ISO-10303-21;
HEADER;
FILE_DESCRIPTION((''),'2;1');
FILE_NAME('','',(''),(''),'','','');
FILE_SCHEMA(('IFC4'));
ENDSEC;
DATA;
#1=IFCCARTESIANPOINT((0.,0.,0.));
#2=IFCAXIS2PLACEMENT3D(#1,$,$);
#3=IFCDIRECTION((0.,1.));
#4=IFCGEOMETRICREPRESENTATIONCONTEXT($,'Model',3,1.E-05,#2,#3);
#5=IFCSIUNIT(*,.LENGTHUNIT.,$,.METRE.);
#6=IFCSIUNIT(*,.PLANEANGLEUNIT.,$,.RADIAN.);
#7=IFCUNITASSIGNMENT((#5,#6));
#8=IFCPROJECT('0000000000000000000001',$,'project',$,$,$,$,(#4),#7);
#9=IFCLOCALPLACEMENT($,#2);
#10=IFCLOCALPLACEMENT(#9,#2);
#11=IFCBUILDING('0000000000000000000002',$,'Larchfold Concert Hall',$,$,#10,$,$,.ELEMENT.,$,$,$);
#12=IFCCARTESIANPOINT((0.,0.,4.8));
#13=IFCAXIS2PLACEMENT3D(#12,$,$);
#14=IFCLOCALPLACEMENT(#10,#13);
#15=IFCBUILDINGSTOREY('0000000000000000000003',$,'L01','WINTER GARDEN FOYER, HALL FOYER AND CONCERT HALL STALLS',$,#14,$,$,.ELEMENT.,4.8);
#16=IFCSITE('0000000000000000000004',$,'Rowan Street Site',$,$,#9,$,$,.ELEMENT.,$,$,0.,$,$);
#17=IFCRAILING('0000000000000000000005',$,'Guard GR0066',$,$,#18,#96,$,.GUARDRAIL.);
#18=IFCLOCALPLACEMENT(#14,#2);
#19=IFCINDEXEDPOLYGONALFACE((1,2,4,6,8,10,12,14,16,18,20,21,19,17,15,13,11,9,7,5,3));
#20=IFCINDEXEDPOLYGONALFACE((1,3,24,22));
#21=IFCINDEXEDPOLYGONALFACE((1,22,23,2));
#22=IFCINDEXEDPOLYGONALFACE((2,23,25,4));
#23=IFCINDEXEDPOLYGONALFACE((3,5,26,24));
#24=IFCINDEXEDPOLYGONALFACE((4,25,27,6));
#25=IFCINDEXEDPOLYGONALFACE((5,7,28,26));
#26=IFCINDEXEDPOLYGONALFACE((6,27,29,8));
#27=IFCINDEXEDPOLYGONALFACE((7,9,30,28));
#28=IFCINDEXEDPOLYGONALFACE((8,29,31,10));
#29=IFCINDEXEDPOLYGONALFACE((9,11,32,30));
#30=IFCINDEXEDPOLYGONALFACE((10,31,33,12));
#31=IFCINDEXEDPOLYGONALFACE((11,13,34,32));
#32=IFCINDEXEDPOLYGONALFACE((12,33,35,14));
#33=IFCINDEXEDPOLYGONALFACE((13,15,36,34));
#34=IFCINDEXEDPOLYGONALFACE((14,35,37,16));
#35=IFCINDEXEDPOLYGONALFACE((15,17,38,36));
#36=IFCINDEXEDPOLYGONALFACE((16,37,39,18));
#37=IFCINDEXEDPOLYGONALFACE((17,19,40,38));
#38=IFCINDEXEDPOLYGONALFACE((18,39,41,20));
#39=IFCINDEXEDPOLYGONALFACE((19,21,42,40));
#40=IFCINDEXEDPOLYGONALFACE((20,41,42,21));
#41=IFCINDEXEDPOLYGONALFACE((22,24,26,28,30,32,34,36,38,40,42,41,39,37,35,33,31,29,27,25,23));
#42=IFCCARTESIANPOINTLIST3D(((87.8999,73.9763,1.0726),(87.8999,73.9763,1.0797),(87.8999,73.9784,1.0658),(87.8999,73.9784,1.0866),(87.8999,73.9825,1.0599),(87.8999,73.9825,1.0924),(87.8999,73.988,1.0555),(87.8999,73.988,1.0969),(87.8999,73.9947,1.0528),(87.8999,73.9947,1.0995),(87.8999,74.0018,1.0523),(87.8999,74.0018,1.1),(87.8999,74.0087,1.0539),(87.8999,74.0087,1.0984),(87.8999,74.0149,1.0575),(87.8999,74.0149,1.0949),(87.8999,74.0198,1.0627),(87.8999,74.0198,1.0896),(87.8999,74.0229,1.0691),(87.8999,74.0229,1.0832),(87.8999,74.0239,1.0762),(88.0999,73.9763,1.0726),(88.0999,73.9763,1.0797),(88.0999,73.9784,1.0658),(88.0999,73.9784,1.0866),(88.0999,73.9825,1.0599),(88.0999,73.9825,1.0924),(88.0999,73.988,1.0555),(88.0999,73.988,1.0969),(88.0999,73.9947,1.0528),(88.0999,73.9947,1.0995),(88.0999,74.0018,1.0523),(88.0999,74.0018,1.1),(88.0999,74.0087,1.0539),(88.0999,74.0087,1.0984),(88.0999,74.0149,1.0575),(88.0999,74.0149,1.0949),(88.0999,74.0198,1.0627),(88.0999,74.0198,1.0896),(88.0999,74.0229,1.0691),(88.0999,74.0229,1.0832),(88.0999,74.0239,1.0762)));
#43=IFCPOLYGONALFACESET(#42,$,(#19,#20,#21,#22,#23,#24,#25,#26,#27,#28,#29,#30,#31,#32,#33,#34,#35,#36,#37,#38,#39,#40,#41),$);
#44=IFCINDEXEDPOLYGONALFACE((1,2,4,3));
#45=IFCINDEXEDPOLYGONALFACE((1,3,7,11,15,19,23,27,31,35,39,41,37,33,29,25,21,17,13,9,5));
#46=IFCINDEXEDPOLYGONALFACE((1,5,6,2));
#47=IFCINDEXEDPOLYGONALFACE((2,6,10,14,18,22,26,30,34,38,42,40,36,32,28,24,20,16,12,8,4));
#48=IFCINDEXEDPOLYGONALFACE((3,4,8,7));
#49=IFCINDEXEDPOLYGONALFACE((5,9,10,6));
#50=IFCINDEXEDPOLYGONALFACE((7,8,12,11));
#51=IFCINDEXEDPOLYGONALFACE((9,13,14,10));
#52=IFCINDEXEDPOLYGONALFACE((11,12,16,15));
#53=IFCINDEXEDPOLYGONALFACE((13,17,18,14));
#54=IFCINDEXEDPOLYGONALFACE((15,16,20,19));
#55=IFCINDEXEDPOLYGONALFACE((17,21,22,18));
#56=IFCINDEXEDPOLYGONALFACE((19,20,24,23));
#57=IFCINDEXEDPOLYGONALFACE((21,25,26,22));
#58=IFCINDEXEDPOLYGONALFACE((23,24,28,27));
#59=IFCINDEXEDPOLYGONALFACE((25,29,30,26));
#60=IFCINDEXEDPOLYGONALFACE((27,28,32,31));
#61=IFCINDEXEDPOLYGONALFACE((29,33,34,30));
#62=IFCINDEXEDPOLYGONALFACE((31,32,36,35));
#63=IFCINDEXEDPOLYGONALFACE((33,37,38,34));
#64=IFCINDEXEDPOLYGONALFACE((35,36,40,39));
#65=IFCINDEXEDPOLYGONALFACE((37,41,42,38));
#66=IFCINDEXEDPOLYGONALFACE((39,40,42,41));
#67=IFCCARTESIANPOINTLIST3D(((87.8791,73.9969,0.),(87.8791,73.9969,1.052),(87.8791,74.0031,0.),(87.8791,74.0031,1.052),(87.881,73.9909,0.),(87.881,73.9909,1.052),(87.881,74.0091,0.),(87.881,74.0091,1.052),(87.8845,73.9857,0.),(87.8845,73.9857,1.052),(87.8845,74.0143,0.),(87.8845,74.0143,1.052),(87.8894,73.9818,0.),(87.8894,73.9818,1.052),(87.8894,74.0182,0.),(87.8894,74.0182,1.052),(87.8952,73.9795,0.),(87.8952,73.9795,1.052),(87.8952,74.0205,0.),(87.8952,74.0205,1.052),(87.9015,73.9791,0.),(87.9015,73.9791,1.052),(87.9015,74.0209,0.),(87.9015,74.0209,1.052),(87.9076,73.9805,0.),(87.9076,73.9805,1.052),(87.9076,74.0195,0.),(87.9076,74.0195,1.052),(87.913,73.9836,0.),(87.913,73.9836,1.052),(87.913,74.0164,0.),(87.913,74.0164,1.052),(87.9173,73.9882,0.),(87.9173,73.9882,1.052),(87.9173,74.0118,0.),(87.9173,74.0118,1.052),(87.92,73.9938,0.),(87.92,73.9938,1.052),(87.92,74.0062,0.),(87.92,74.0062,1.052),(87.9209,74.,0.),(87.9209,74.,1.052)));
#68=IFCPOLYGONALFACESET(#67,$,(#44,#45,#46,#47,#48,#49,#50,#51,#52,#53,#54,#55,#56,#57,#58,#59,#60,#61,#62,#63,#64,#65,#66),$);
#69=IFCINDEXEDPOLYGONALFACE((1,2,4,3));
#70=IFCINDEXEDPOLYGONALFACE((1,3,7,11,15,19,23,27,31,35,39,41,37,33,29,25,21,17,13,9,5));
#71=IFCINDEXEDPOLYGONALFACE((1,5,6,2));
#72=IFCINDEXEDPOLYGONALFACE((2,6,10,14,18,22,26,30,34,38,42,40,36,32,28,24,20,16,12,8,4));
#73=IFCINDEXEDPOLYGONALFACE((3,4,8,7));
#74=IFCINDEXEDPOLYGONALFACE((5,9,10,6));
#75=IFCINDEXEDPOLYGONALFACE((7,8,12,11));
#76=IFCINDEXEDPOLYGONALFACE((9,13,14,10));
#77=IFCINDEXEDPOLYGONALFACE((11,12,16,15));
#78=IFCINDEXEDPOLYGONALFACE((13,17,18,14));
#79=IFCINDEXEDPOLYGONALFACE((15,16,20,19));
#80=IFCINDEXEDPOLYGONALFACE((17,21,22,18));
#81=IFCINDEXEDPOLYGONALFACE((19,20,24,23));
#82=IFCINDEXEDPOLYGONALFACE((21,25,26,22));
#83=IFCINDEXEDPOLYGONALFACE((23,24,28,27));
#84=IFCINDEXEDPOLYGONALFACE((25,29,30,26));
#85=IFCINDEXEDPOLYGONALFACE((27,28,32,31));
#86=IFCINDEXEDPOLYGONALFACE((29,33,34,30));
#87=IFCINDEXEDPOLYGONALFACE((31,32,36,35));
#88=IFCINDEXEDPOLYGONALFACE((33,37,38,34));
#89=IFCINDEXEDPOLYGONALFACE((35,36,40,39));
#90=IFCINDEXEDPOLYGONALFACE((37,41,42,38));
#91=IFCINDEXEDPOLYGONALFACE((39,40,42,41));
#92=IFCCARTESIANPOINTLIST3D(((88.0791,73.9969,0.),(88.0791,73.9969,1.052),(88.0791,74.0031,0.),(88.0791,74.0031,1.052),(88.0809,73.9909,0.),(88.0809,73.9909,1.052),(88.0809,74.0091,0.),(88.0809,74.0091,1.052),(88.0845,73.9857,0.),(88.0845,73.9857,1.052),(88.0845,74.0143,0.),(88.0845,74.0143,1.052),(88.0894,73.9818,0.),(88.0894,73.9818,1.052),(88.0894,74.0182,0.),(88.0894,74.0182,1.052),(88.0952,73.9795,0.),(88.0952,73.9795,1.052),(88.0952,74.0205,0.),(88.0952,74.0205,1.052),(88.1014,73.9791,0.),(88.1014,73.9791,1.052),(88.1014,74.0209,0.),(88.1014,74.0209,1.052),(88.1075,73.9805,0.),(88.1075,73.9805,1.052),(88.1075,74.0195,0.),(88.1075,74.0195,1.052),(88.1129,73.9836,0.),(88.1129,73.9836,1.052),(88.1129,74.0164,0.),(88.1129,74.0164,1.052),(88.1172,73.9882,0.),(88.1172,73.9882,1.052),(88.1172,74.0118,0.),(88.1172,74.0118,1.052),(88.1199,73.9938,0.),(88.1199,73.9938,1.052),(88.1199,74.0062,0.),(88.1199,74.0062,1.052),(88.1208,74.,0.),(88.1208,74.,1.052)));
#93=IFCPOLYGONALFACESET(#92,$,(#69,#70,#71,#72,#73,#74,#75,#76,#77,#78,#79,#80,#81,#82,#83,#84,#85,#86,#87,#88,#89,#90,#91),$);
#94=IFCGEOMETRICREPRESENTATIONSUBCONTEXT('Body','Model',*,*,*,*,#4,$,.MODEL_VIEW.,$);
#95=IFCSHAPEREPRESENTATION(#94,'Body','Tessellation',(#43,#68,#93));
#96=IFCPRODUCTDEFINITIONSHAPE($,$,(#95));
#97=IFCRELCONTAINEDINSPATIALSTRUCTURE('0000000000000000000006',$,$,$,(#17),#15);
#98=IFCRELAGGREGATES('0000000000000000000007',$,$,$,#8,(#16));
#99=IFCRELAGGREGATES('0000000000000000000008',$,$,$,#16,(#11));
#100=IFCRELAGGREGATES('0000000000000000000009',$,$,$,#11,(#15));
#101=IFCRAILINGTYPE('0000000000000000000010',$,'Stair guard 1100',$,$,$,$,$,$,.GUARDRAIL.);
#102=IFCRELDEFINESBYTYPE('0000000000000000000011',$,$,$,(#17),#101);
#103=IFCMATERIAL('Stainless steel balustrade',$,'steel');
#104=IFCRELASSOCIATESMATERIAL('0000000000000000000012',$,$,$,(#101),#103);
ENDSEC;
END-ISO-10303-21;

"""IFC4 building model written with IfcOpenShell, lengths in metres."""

from ifc_helpers import new_model, si_unit, direction, frame, origin, origin_2d, place, context, subcontext, project, spatial, circle, extrude, material, type_object, element, save


model = new_model("IFC4")

# Units and contexts
model_context = context("Model", 3, precision=1e-05, world=origin(), true_north=direction((0.0, 1.0)))
body_context = subcontext(model_context, "Body", "Model", "MODEL_VIEW")
ifc_project = project(units=[si_unit("LENGTHUNIT", "METRE"), si_unit("PLANEANGLEUNIT", "RADIAN")], contexts=[model_context])

# Site, building, storey
site_placement = place(None, origin())
site = spatial("IfcSite", under=ifc_project, at=site_placement, Name="Rowan Street Site", CompositionType="ELEMENT", RefElevation=0.0)
building_placement = place(site_placement, origin())
building = spatial("IfcBuilding", under=site, at=building_placement, Name="Larchfold Concert Hall", CompositionType="ELEMENT")
storey_placement = place(building_placement, frame((0.0, 0.0, 4.8)))
storey = spatial("IfcBuildingStorey", under=building, at=storey_placement, Name="L01", Description="WINTER GARDEN FOYER, HALL FOYER AND CONCERT HALL STALLS", CompositionType="ELEMENT", Elevation=4.8)

# Railing
ifc_material_1 = material(Name="Stainless steel balustrade", Category="steel")
railing_type_1 = type_object("IfcRailingType", Name="Stair guard 1100", PredefinedType="GUARDRAIL", material=ifc_material_1)
railing_1_placement = place(storey_placement, frame((87.8999, 74.0, 0.0)))
element("IfcRailing", 1, at=railing_1_placement, inside=storey, type_object=railing_type_1, Name="Guard GR0066", PredefinedType="GUARDRAIL", context=body_context, shape_type="SweptSolid", body=[
    extrude(circle(Radius=0.0239, at=origin_2d()), frame((0.0, 0.0, 1.0762), z_axis=(1.0, 0.0, 0.0), x_axis=(0.0, 1.0, 0.0)), (0.0, 0.0, 1.0), 0.2),
    extrude(circle(Radius=0.021, at=origin_2d()), origin(), (0.0, 0.0, 1.0), 1.052),
    extrude(circle(Radius=0.021, at=origin_2d()), frame((0.2, 0.0, 0.0)), (0.0, 0.0, 1.0), 1.052),
])

save(model, "model.ifc")
